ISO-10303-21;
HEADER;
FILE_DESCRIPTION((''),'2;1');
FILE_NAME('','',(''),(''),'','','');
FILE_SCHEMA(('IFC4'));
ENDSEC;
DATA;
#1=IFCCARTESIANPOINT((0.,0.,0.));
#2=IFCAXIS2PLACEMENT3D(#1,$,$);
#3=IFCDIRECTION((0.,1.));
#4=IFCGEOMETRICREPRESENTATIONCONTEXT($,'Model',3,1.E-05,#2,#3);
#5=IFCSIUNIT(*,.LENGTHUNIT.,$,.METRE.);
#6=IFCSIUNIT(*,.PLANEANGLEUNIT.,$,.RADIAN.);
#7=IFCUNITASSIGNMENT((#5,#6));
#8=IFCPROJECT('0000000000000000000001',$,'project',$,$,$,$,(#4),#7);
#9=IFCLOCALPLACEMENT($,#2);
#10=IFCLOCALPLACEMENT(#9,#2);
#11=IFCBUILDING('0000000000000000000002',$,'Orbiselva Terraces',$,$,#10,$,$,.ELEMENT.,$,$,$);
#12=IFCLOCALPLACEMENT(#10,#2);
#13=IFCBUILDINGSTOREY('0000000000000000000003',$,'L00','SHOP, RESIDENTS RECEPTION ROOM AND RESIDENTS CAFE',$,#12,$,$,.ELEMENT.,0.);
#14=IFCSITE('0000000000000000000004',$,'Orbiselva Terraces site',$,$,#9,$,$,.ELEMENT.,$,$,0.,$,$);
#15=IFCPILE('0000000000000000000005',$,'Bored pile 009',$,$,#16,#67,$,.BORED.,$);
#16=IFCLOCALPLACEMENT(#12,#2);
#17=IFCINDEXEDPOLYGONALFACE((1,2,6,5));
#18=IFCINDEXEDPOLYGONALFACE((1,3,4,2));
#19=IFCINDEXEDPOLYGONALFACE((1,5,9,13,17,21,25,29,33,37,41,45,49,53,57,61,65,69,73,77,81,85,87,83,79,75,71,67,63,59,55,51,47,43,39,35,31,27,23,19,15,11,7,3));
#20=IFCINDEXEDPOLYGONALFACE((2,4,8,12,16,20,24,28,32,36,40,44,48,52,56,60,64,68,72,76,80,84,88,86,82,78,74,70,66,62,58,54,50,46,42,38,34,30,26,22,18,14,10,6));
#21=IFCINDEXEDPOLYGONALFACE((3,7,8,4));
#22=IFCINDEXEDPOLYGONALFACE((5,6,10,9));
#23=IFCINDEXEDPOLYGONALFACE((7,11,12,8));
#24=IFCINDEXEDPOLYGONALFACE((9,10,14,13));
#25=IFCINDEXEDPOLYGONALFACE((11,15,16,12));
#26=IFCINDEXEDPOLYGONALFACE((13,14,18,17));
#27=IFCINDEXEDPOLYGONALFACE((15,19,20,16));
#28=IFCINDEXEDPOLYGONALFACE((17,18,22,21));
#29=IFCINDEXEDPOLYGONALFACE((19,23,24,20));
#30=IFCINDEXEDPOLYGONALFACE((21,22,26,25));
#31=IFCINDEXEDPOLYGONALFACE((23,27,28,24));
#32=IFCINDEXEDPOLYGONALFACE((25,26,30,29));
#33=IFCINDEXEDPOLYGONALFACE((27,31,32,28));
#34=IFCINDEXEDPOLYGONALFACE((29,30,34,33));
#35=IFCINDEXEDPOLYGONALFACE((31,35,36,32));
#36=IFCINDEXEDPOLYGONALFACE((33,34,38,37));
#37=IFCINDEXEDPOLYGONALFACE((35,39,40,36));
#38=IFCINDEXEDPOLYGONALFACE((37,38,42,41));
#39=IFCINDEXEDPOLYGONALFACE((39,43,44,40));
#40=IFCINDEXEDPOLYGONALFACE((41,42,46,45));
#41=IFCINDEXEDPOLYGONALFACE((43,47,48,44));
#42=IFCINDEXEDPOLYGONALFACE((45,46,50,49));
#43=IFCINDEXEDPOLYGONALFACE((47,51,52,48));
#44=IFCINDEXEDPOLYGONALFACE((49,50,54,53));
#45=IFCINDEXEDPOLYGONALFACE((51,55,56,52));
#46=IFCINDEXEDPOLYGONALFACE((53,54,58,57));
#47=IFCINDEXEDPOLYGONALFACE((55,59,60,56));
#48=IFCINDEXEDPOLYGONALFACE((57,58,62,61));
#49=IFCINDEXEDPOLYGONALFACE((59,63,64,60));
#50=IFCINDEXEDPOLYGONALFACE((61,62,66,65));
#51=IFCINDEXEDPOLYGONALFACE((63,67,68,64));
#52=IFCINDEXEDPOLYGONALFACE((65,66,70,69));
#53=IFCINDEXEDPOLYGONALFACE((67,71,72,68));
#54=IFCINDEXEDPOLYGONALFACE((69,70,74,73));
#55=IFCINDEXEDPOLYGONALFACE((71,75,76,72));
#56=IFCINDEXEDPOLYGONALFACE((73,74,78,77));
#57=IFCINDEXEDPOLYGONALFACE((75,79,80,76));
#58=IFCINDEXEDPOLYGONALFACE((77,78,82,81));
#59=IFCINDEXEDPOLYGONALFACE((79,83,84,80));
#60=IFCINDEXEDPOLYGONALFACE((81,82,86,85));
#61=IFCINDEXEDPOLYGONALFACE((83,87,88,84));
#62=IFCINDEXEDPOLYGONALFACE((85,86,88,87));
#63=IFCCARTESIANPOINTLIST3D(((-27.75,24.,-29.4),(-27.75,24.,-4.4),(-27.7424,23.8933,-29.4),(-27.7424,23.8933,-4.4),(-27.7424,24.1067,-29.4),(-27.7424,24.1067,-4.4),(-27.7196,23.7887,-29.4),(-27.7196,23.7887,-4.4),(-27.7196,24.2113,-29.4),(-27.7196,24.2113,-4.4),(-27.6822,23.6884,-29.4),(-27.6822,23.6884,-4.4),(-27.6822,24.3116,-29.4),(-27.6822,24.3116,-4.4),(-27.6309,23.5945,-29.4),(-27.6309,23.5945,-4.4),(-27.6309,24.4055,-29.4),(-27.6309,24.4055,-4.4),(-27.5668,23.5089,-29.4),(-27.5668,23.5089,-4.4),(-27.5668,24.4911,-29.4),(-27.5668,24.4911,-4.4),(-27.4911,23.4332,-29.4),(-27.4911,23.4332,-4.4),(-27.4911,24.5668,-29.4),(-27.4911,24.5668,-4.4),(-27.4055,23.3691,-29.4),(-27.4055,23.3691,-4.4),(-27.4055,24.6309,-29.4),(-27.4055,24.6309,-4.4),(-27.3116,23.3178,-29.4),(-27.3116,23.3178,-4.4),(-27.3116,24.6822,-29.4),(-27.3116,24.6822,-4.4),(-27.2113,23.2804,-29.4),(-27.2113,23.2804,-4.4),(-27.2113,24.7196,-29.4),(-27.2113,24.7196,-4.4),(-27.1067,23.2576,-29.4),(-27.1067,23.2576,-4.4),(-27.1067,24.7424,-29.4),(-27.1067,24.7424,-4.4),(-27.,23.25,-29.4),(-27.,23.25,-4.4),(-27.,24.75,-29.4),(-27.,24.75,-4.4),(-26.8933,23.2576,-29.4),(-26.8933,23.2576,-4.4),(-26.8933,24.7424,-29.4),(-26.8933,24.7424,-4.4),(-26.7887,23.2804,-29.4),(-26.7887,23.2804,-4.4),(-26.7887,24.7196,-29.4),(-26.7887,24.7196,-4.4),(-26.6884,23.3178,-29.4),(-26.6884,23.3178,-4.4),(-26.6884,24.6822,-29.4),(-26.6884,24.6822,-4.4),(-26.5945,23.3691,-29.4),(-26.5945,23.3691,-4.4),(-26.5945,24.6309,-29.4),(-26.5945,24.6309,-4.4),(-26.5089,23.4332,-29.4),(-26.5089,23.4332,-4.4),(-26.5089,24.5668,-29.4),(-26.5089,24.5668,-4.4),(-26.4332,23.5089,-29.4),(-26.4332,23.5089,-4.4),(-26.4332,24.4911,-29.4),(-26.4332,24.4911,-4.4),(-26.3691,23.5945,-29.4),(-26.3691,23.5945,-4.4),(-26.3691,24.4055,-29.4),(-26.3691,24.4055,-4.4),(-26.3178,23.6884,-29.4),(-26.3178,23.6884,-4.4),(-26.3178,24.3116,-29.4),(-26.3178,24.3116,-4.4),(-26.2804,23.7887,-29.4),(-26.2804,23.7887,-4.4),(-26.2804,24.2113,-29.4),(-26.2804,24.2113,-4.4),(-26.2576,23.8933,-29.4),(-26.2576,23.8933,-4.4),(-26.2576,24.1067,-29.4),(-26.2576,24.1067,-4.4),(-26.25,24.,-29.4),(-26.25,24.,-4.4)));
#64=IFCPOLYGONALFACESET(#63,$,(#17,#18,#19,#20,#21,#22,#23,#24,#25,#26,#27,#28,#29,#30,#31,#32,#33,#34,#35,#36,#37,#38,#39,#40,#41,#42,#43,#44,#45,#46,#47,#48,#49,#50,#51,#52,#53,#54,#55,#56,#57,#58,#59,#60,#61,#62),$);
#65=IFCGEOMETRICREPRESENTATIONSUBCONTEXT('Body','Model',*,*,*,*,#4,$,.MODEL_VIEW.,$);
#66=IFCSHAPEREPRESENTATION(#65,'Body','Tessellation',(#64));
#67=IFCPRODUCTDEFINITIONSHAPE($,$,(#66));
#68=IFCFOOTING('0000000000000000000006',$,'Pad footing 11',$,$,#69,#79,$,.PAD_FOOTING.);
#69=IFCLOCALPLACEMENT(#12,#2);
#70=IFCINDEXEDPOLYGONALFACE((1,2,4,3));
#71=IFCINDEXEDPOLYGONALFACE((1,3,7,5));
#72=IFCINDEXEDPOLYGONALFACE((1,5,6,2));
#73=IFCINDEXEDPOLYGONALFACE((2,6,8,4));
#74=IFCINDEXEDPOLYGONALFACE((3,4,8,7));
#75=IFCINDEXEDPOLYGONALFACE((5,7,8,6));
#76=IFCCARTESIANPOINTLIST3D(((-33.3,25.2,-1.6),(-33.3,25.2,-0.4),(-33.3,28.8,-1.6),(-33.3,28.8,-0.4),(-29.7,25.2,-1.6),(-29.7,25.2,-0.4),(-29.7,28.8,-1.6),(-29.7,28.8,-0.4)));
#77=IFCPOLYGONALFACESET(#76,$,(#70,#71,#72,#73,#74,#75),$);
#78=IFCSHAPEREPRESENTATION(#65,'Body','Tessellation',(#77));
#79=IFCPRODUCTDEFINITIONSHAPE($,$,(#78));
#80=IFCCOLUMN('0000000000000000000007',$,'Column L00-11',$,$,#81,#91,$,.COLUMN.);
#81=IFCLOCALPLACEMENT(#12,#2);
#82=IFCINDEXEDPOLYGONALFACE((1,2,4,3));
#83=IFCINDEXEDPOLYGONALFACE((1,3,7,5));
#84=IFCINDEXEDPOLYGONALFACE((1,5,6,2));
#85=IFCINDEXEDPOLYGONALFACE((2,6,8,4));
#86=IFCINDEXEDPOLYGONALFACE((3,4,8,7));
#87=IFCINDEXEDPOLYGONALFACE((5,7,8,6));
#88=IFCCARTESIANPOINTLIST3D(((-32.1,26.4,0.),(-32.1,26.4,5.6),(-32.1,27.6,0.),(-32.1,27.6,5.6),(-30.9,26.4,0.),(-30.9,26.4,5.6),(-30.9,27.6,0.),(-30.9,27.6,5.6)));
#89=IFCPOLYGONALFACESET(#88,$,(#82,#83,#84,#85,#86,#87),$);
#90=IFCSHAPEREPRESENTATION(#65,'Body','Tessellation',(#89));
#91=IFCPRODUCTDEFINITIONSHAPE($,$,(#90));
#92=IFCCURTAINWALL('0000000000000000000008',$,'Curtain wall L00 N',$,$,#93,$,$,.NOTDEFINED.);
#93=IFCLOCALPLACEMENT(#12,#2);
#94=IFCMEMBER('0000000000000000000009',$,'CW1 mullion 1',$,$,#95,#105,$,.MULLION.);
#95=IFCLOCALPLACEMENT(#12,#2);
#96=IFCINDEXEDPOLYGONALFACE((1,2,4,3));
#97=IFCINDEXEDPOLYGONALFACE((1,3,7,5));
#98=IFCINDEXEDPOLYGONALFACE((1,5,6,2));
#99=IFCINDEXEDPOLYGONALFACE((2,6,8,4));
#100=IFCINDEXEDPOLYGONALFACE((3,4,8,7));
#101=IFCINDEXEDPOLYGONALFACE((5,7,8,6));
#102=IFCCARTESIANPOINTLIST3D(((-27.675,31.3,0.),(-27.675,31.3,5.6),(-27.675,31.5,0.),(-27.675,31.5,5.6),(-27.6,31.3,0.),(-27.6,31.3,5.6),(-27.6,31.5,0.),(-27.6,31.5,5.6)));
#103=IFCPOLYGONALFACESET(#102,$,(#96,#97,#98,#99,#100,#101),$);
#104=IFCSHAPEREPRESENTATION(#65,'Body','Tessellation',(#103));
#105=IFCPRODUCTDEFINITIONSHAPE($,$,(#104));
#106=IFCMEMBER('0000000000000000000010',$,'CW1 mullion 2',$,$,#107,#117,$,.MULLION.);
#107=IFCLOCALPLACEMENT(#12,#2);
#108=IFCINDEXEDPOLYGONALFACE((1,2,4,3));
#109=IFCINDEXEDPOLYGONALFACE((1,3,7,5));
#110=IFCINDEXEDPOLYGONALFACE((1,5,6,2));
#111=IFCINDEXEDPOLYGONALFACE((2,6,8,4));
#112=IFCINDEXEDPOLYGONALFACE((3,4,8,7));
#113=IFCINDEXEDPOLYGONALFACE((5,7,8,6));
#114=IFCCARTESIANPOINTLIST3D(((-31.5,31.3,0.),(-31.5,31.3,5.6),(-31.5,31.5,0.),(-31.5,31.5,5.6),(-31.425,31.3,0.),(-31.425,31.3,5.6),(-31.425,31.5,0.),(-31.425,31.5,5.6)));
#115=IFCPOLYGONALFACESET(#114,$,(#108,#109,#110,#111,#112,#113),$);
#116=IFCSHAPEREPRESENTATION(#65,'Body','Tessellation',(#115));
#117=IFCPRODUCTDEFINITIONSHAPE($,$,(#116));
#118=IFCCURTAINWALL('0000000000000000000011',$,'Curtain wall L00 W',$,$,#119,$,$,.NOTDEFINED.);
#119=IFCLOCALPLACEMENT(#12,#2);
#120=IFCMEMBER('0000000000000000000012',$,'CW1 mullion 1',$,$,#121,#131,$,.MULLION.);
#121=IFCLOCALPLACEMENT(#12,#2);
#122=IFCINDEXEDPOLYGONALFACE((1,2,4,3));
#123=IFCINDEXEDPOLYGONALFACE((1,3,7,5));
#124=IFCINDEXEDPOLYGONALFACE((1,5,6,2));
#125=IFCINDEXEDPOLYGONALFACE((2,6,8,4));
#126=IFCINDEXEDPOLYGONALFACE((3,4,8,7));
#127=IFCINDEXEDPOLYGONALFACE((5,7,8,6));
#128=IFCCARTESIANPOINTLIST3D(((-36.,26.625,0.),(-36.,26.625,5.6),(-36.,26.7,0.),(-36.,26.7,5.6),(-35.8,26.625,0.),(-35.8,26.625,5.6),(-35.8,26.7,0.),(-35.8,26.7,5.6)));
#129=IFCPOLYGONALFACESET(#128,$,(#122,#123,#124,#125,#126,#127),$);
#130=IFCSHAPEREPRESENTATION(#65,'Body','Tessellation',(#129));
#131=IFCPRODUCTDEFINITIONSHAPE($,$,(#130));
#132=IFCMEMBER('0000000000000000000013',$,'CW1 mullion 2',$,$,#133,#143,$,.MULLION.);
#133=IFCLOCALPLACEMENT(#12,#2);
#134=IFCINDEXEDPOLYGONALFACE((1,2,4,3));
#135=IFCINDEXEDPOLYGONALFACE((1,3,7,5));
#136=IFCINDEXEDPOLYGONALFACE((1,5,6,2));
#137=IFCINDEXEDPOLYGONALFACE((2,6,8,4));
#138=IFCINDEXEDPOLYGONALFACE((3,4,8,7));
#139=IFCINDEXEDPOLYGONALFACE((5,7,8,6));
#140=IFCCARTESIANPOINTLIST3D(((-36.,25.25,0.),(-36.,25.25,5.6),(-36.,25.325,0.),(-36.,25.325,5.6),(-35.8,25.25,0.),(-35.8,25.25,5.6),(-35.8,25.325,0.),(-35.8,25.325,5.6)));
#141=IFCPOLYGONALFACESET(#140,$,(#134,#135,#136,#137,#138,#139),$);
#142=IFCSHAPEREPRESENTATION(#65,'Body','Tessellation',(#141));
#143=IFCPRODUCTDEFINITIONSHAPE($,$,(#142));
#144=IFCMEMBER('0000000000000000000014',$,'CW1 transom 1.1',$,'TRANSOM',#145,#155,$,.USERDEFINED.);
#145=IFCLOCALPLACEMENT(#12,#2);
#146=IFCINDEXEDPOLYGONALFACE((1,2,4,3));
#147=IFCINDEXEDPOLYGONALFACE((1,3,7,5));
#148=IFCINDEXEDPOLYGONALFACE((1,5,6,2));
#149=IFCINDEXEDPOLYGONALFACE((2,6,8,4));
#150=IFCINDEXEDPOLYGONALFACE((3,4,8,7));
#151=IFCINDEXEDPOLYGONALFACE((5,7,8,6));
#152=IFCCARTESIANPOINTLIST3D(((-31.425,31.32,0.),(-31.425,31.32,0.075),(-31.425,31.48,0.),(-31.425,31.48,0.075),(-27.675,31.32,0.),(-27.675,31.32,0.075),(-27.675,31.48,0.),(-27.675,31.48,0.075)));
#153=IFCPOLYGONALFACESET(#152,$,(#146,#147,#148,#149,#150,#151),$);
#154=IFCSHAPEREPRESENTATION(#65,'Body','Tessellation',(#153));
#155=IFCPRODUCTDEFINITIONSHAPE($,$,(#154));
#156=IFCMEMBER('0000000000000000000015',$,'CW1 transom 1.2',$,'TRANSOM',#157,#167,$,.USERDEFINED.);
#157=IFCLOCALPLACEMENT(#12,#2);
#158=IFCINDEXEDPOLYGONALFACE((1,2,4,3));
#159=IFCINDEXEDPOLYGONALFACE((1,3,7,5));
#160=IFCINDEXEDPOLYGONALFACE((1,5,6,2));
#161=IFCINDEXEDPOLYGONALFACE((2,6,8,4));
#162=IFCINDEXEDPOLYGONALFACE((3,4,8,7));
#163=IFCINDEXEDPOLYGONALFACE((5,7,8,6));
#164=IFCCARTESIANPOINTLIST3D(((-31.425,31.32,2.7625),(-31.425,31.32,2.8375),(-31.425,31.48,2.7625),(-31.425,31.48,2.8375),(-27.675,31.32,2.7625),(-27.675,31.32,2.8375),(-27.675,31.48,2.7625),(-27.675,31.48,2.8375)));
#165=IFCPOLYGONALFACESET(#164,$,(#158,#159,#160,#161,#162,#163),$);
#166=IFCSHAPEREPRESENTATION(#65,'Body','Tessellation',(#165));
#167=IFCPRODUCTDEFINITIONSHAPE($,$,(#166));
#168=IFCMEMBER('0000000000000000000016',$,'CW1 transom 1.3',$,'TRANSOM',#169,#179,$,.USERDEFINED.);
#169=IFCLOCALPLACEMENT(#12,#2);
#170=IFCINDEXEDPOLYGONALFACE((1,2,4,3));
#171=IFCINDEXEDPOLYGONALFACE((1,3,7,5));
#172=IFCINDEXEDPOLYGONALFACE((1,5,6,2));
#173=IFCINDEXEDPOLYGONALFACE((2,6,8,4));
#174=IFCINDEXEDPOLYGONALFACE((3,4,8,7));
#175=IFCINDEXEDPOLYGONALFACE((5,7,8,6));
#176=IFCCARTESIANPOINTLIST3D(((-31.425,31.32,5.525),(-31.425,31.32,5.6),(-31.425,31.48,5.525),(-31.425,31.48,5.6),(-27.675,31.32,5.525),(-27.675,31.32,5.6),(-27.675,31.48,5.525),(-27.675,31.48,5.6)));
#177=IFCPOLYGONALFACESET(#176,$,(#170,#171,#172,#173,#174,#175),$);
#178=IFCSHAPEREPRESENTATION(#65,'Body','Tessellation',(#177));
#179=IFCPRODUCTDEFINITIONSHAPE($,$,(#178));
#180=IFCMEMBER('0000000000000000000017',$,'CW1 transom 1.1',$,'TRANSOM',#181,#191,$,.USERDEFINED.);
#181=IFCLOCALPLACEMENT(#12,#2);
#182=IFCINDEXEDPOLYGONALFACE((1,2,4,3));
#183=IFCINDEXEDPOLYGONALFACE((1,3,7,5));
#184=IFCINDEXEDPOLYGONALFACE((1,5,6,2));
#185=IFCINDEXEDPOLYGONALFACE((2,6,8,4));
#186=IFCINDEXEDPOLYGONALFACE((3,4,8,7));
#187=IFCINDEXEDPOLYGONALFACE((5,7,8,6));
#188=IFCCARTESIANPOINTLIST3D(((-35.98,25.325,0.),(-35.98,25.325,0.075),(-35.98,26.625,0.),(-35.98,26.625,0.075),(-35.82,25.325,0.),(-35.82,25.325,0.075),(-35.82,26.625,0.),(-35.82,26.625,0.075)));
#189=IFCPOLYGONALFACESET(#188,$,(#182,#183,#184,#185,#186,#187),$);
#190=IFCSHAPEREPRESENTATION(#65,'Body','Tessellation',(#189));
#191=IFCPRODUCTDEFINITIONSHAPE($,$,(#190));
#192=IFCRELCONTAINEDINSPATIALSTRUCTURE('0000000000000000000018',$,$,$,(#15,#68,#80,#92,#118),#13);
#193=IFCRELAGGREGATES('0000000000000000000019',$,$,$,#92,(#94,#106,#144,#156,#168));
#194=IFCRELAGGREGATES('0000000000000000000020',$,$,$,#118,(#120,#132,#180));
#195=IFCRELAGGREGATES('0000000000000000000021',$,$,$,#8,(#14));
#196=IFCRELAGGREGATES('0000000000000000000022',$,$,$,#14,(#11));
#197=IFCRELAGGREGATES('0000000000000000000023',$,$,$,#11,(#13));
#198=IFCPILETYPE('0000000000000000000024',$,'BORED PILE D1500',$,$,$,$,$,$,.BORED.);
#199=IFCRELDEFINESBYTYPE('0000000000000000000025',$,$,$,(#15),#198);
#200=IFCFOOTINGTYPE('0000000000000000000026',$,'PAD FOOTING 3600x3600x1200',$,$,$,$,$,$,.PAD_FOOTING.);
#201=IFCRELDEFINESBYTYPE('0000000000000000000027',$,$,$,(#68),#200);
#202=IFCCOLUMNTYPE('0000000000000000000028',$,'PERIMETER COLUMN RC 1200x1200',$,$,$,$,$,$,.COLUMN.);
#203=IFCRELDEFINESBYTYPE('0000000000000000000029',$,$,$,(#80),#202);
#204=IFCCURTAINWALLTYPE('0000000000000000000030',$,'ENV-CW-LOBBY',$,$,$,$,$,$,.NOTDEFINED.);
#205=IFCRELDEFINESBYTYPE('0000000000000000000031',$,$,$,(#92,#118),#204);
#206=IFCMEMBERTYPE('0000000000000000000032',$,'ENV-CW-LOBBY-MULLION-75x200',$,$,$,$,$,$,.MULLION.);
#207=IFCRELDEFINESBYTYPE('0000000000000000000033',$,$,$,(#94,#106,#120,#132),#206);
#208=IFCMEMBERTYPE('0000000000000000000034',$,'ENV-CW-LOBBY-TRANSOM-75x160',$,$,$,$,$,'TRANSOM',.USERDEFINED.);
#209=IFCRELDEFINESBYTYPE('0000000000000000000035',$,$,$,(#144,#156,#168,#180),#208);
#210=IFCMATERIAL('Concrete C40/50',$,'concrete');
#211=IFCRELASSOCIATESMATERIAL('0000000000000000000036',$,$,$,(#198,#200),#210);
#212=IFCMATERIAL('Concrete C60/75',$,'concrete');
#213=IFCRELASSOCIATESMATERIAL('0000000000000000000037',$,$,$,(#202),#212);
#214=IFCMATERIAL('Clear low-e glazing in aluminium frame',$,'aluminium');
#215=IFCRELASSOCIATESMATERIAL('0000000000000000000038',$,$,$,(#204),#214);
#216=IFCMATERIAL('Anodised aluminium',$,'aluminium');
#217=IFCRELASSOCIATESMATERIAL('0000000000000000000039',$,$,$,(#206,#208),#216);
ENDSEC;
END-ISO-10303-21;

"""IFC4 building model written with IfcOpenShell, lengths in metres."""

from ifc_helpers import new_model, si_unit, direction, frame, origin, origin_2d, place, context, subcontext, project, spatial, rectangle, circle, extrude, material, material_profile, profile_set, type_object, element, aggregate, save


model = new_model("IFC4")

# Units and contexts
model_context = context("Model", 3, precision=1e-05, world=origin(), true_north=direction((0.0, 1.0)))
body_context = subcontext(model_context, "Body", "Model", "MODEL_VIEW")
ifc_project = project(units=[si_unit("LENGTHUNIT", "METRE"), si_unit("PLANEANGLEUNIT", "RADIAN")], contexts=[model_context])

# Site, building, storey
site_placement = place(None, origin())
site = spatial("IfcSite", under=ifc_project, at=site_placement, Name="Orbiselva Terraces site", CompositionType="ELEMENT", RefElevation=0.0)
building_placement = place(site_placement, origin())
building = spatial("IfcBuilding", under=site, at=building_placement, Name="Orbiselva Terraces", CompositionType="ELEMENT")
storey_placement = place(building_placement, origin())
storey = spatial("IfcBuildingStorey", under=building, at=storey_placement, Name="L00", Description="SHOP, RESIDENTS RECEPTION ROOM AND RESIDENTS CAFE", CompositionType="ELEMENT", Elevation=0.0)

# Pile
ifc_material_1 = material(Name="Concrete C40/50", Category="concrete")
ifc_material_profile_1 = material_profile(ifc_material_1, circle(Radius=0.75, at=origin_2d()), Name="D1500")
ifc_profile_set_1 = profile_set([ifc_material_profile_1], Name="Concrete C40/50")
pile_type = type_object("IfcPileType", Name="BORED PILE D1500", PredefinedType="BORED", material=ifc_profile_set_1)
pile_placement = place(storey_placement, frame((-27.0, 24.0, -4.4), z_axis=(0.0, 0.0, -1.0), x_axis=(1.0, 0.0, 0.0)))
element("IfcPile", 1, at=pile_placement, inside=storey, type_object=pile_type, Name="Bored pile 009", PredefinedType="BORED", context=body_context, shape_type="SweptSolid", body=[
    extrude(circle(Radius=0.75, at=origin_2d()), origin(), (0.0, 0.0, 1.0), 25.0),
])

# Footing
footing_type = type_object("IfcFootingType", Name="PAD FOOTING 3600x3600x1200", PredefinedType="PAD_FOOTING", material=ifc_material_1)
footing_placement = place(storey_placement, frame((-31.5, 27.0, -1.6), z_axis=(0.0, 0.0, 1.0), x_axis=(1.0, 0.0, 0.0)))
element("IfcFooting", 2, at=footing_placement, inside=storey, type_object=footing_type, Name="Pad footing 11", PredefinedType="PAD_FOOTING", context=body_context, shape_type="SweptSolid", body=[
    extrude(rectangle(XDim=3.6, YDim=3.6, at=origin_2d()), origin(), (0.0, 0.0, 1.0), 1.2),
])

# Column
ifc_material_2 = material(Name="Concrete C60/75", Category="concrete")
ifc_material_profile_2 = material_profile(ifc_material_2, rectangle(XDim=1.2, YDim=1.2, at=origin_2d()), Name="RC 1200x1200")
ifc_profile_set_2 = profile_set([ifc_material_profile_2], Name="Concrete C60/75")
column_type = type_object("IfcColumnType", Name="PERIMETER COLUMN RC 1200x1200", PredefinedType="COLUMN", material=ifc_profile_set_2)
column_placement = place(storey_placement, frame((-31.5, 27.0, 0.0), z_axis=(0.0, 0.0, 1.0), x_axis=(1.0, 0.0, 0.0)))
element("IfcColumn", 3, at=column_placement, inside=storey, type_object=column_type, Name="Column L00-11", PredefinedType="COLUMN", context=body_context, shape_type="SweptSolid", body=[
    extrude(rectangle(XDim=1.2, YDim=1.2, at=origin_2d()), origin(), (0.0, 0.0, 1.0), 5.6),
])

# Curtain walls, members
ifc_material_3 = material(Name="Clear low-e glazing in aluminium frame", Category="aluminium")
curtain_wall_type = type_object("IfcCurtainWallType", Name="ENV-CW-LOBBY", PredefinedType="NOTDEFINED", material=ifc_material_3)
curtain_wall_1_placement = place(storey_placement, origin())
curtain_wall_1 = element("IfcCurtainWall", 4, at=curtain_wall_1_placement, inside=storey, type_object=curtain_wall_type, Name="Curtain wall L00 N", PredefinedType="NOTDEFINED")
ifc_material_4 = material(Name="Anodised aluminium", Category="aluminium")
ifc_material_profile_3 = material_profile(ifc_material_4, rectangle(XDim=0.2, YDim=0.075, at=origin_2d()), Name="AL 75x200")
ifc_profile_set_3 = profile_set([ifc_material_profile_3], Name="Anodised aluminium")
member_type_1 = type_object("IfcMemberType", Name="ENV-CW-LOBBY-MULLION-75x200", PredefinedType="MULLION", material=ifc_profile_set_3)
member_1_placement = place(storey_placement, frame((-27.6375, 31.4, 0.0), z_axis=(0.0, 0.0, 1.0), x_axis=(0.0, -1.0, 0.0)))
member_1 = element("IfcMember", 5, at=member_1_placement, type_object=member_type_1, Name="CW1 mullion 1", PredefinedType="MULLION", context=body_context, shape_type="SweptSolid", body=[
    extrude(rectangle(XDim=0.2, YDim=0.075, at=origin_2d()), origin(), (0.0, 0.0, 1.0), 5.6),
])
member_2_placement = place(storey_placement, frame((-31.4625, 31.4, 0.0), z_axis=(0.0, 0.0, 1.0), x_axis=(0.0, -1.0, 0.0)))
member_2 = element("IfcMember", 6, at=member_2_placement, type_object=member_type_1, Name="CW1 mullion 2", PredefinedType="MULLION", context=body_context, shape_type="SweptSolid", body=[
    extrude(rectangle(XDim=0.2, YDim=0.075, at=origin_2d()), origin(), (0.0, 0.0, 1.0), 5.6),
])
curtain_wall_2_placement = place(storey_placement, origin())
curtain_wall_2 = element("IfcCurtainWall", 7, at=curtain_wall_2_placement, inside=storey, type_object=curtain_wall_type, Name="Curtain wall L00 W", PredefinedType="NOTDEFINED")
member_3_placement = place(storey_placement, frame((-35.9, 26.6625, 0.0), z_axis=(0.0, 0.0, 1.0), x_axis=(1.0, 0.0, 0.0)))
member_3 = element("IfcMember", 8, at=member_3_placement, type_object=member_type_1, Name="CW1 mullion 1", PredefinedType="MULLION", context=body_context, shape_type="SweptSolid", body=[
    extrude(rectangle(XDim=0.2, YDim=0.075, at=origin_2d()), origin(), (0.0, 0.0, 1.0), 5.6),
])
member_4_placement = place(storey_placement, frame((-35.9, 25.2875, 0.0), z_axis=(0.0, 0.0, 1.0), x_axis=(1.0, 0.0, 0.0)))
member_4 = element("IfcMember", 9, at=member_4_placement, type_object=member_type_1, Name="CW1 mullion 2", PredefinedType="MULLION", context=body_context, shape_type="SweptSolid", body=[
    extrude(rectangle(XDim=0.2, YDim=0.075, at=origin_2d()), origin(), (0.0, 0.0, 1.0), 5.6),
])

# Members
ifc_material_profile_4 = material_profile(ifc_material_4, rectangle(XDim=0.16, YDim=0.075, at=origin_2d()), Name="AL 75x160")
ifc_profile_set_4 = profile_set([ifc_material_profile_4], Name="Anodised aluminium")
member_type_2 = type_object("IfcMemberType", Name="ENV-CW-LOBBY-TRANSOM-75x160", ElementType="TRANSOM", PredefinedType="USERDEFINED", material=ifc_profile_set_4)
member_5_placement = place(storey_placement, frame((-27.675, 31.4, 0.0375), z_axis=(-1.0, 0.0, 0.0), x_axis=(0.0, -1.0, 0.0)))
member_5 = element("IfcMember", 10, at=member_5_placement, type_object=member_type_2, Name="CW1 transom 1.1", ObjectType="TRANSOM", PredefinedType="USERDEFINED", context=body_context, shape_type="SweptSolid", body=[
    extrude(rectangle(XDim=0.16, YDim=0.075, at=origin_2d()), origin(), (0.0, 0.0, 1.0), 3.75),
])
member_6_placement = place(storey_placement, frame((-27.675, 31.4, 2.8), z_axis=(-1.0, 0.0, 0.0), x_axis=(0.0, -1.0, 0.0)))
member_6 = element("IfcMember", 11, at=member_6_placement, type_object=member_type_2, Name="CW1 transom 1.2", ObjectType="TRANSOM", PredefinedType="USERDEFINED", context=body_context, shape_type="SweptSolid", body=[
    extrude(rectangle(XDim=0.16, YDim=0.075, at=origin_2d()), origin(), (0.0, 0.0, 1.0), 3.75),
])
member_7_placement = place(storey_placement, frame((-27.675, 31.4, 5.5625), z_axis=(-1.0, 0.0, 0.0), x_axis=(0.0, -1.0, 0.0)))
member_7 = element("IfcMember", 12, at=member_7_placement, type_object=member_type_2, Name="CW1 transom 1.3", ObjectType="TRANSOM", PredefinedType="USERDEFINED", context=body_context, shape_type="SweptSolid", body=[
    extrude(rectangle(XDim=0.16, YDim=0.075, at=origin_2d()), origin(), (0.0, 0.0, 1.0), 3.75),
])
member_8_placement = place(storey_placement, frame((-35.9, 26.625, 0.0375), z_axis=(0.0, -1.0, 0.0), x_axis=(1.0, 0.0, 0.0)))
member_8 = element("IfcMember", 13, at=member_8_placement, type_object=member_type_2, Name="CW1 transom 1.1", ObjectType="TRANSOM", PredefinedType="USERDEFINED", context=body_context, shape_type="SweptSolid", body=[
    extrude(rectangle(XDim=0.16, YDim=0.075, at=origin_2d()), origin(), (0.0, 0.0, 1.0), 1.3),
])

aggregate(curtain_wall_1, [member_1, member_2, member_5, member_6, member_7])
aggregate(curtain_wall_2, [member_3, member_4, member_8])

save(model, "model.ifc")
